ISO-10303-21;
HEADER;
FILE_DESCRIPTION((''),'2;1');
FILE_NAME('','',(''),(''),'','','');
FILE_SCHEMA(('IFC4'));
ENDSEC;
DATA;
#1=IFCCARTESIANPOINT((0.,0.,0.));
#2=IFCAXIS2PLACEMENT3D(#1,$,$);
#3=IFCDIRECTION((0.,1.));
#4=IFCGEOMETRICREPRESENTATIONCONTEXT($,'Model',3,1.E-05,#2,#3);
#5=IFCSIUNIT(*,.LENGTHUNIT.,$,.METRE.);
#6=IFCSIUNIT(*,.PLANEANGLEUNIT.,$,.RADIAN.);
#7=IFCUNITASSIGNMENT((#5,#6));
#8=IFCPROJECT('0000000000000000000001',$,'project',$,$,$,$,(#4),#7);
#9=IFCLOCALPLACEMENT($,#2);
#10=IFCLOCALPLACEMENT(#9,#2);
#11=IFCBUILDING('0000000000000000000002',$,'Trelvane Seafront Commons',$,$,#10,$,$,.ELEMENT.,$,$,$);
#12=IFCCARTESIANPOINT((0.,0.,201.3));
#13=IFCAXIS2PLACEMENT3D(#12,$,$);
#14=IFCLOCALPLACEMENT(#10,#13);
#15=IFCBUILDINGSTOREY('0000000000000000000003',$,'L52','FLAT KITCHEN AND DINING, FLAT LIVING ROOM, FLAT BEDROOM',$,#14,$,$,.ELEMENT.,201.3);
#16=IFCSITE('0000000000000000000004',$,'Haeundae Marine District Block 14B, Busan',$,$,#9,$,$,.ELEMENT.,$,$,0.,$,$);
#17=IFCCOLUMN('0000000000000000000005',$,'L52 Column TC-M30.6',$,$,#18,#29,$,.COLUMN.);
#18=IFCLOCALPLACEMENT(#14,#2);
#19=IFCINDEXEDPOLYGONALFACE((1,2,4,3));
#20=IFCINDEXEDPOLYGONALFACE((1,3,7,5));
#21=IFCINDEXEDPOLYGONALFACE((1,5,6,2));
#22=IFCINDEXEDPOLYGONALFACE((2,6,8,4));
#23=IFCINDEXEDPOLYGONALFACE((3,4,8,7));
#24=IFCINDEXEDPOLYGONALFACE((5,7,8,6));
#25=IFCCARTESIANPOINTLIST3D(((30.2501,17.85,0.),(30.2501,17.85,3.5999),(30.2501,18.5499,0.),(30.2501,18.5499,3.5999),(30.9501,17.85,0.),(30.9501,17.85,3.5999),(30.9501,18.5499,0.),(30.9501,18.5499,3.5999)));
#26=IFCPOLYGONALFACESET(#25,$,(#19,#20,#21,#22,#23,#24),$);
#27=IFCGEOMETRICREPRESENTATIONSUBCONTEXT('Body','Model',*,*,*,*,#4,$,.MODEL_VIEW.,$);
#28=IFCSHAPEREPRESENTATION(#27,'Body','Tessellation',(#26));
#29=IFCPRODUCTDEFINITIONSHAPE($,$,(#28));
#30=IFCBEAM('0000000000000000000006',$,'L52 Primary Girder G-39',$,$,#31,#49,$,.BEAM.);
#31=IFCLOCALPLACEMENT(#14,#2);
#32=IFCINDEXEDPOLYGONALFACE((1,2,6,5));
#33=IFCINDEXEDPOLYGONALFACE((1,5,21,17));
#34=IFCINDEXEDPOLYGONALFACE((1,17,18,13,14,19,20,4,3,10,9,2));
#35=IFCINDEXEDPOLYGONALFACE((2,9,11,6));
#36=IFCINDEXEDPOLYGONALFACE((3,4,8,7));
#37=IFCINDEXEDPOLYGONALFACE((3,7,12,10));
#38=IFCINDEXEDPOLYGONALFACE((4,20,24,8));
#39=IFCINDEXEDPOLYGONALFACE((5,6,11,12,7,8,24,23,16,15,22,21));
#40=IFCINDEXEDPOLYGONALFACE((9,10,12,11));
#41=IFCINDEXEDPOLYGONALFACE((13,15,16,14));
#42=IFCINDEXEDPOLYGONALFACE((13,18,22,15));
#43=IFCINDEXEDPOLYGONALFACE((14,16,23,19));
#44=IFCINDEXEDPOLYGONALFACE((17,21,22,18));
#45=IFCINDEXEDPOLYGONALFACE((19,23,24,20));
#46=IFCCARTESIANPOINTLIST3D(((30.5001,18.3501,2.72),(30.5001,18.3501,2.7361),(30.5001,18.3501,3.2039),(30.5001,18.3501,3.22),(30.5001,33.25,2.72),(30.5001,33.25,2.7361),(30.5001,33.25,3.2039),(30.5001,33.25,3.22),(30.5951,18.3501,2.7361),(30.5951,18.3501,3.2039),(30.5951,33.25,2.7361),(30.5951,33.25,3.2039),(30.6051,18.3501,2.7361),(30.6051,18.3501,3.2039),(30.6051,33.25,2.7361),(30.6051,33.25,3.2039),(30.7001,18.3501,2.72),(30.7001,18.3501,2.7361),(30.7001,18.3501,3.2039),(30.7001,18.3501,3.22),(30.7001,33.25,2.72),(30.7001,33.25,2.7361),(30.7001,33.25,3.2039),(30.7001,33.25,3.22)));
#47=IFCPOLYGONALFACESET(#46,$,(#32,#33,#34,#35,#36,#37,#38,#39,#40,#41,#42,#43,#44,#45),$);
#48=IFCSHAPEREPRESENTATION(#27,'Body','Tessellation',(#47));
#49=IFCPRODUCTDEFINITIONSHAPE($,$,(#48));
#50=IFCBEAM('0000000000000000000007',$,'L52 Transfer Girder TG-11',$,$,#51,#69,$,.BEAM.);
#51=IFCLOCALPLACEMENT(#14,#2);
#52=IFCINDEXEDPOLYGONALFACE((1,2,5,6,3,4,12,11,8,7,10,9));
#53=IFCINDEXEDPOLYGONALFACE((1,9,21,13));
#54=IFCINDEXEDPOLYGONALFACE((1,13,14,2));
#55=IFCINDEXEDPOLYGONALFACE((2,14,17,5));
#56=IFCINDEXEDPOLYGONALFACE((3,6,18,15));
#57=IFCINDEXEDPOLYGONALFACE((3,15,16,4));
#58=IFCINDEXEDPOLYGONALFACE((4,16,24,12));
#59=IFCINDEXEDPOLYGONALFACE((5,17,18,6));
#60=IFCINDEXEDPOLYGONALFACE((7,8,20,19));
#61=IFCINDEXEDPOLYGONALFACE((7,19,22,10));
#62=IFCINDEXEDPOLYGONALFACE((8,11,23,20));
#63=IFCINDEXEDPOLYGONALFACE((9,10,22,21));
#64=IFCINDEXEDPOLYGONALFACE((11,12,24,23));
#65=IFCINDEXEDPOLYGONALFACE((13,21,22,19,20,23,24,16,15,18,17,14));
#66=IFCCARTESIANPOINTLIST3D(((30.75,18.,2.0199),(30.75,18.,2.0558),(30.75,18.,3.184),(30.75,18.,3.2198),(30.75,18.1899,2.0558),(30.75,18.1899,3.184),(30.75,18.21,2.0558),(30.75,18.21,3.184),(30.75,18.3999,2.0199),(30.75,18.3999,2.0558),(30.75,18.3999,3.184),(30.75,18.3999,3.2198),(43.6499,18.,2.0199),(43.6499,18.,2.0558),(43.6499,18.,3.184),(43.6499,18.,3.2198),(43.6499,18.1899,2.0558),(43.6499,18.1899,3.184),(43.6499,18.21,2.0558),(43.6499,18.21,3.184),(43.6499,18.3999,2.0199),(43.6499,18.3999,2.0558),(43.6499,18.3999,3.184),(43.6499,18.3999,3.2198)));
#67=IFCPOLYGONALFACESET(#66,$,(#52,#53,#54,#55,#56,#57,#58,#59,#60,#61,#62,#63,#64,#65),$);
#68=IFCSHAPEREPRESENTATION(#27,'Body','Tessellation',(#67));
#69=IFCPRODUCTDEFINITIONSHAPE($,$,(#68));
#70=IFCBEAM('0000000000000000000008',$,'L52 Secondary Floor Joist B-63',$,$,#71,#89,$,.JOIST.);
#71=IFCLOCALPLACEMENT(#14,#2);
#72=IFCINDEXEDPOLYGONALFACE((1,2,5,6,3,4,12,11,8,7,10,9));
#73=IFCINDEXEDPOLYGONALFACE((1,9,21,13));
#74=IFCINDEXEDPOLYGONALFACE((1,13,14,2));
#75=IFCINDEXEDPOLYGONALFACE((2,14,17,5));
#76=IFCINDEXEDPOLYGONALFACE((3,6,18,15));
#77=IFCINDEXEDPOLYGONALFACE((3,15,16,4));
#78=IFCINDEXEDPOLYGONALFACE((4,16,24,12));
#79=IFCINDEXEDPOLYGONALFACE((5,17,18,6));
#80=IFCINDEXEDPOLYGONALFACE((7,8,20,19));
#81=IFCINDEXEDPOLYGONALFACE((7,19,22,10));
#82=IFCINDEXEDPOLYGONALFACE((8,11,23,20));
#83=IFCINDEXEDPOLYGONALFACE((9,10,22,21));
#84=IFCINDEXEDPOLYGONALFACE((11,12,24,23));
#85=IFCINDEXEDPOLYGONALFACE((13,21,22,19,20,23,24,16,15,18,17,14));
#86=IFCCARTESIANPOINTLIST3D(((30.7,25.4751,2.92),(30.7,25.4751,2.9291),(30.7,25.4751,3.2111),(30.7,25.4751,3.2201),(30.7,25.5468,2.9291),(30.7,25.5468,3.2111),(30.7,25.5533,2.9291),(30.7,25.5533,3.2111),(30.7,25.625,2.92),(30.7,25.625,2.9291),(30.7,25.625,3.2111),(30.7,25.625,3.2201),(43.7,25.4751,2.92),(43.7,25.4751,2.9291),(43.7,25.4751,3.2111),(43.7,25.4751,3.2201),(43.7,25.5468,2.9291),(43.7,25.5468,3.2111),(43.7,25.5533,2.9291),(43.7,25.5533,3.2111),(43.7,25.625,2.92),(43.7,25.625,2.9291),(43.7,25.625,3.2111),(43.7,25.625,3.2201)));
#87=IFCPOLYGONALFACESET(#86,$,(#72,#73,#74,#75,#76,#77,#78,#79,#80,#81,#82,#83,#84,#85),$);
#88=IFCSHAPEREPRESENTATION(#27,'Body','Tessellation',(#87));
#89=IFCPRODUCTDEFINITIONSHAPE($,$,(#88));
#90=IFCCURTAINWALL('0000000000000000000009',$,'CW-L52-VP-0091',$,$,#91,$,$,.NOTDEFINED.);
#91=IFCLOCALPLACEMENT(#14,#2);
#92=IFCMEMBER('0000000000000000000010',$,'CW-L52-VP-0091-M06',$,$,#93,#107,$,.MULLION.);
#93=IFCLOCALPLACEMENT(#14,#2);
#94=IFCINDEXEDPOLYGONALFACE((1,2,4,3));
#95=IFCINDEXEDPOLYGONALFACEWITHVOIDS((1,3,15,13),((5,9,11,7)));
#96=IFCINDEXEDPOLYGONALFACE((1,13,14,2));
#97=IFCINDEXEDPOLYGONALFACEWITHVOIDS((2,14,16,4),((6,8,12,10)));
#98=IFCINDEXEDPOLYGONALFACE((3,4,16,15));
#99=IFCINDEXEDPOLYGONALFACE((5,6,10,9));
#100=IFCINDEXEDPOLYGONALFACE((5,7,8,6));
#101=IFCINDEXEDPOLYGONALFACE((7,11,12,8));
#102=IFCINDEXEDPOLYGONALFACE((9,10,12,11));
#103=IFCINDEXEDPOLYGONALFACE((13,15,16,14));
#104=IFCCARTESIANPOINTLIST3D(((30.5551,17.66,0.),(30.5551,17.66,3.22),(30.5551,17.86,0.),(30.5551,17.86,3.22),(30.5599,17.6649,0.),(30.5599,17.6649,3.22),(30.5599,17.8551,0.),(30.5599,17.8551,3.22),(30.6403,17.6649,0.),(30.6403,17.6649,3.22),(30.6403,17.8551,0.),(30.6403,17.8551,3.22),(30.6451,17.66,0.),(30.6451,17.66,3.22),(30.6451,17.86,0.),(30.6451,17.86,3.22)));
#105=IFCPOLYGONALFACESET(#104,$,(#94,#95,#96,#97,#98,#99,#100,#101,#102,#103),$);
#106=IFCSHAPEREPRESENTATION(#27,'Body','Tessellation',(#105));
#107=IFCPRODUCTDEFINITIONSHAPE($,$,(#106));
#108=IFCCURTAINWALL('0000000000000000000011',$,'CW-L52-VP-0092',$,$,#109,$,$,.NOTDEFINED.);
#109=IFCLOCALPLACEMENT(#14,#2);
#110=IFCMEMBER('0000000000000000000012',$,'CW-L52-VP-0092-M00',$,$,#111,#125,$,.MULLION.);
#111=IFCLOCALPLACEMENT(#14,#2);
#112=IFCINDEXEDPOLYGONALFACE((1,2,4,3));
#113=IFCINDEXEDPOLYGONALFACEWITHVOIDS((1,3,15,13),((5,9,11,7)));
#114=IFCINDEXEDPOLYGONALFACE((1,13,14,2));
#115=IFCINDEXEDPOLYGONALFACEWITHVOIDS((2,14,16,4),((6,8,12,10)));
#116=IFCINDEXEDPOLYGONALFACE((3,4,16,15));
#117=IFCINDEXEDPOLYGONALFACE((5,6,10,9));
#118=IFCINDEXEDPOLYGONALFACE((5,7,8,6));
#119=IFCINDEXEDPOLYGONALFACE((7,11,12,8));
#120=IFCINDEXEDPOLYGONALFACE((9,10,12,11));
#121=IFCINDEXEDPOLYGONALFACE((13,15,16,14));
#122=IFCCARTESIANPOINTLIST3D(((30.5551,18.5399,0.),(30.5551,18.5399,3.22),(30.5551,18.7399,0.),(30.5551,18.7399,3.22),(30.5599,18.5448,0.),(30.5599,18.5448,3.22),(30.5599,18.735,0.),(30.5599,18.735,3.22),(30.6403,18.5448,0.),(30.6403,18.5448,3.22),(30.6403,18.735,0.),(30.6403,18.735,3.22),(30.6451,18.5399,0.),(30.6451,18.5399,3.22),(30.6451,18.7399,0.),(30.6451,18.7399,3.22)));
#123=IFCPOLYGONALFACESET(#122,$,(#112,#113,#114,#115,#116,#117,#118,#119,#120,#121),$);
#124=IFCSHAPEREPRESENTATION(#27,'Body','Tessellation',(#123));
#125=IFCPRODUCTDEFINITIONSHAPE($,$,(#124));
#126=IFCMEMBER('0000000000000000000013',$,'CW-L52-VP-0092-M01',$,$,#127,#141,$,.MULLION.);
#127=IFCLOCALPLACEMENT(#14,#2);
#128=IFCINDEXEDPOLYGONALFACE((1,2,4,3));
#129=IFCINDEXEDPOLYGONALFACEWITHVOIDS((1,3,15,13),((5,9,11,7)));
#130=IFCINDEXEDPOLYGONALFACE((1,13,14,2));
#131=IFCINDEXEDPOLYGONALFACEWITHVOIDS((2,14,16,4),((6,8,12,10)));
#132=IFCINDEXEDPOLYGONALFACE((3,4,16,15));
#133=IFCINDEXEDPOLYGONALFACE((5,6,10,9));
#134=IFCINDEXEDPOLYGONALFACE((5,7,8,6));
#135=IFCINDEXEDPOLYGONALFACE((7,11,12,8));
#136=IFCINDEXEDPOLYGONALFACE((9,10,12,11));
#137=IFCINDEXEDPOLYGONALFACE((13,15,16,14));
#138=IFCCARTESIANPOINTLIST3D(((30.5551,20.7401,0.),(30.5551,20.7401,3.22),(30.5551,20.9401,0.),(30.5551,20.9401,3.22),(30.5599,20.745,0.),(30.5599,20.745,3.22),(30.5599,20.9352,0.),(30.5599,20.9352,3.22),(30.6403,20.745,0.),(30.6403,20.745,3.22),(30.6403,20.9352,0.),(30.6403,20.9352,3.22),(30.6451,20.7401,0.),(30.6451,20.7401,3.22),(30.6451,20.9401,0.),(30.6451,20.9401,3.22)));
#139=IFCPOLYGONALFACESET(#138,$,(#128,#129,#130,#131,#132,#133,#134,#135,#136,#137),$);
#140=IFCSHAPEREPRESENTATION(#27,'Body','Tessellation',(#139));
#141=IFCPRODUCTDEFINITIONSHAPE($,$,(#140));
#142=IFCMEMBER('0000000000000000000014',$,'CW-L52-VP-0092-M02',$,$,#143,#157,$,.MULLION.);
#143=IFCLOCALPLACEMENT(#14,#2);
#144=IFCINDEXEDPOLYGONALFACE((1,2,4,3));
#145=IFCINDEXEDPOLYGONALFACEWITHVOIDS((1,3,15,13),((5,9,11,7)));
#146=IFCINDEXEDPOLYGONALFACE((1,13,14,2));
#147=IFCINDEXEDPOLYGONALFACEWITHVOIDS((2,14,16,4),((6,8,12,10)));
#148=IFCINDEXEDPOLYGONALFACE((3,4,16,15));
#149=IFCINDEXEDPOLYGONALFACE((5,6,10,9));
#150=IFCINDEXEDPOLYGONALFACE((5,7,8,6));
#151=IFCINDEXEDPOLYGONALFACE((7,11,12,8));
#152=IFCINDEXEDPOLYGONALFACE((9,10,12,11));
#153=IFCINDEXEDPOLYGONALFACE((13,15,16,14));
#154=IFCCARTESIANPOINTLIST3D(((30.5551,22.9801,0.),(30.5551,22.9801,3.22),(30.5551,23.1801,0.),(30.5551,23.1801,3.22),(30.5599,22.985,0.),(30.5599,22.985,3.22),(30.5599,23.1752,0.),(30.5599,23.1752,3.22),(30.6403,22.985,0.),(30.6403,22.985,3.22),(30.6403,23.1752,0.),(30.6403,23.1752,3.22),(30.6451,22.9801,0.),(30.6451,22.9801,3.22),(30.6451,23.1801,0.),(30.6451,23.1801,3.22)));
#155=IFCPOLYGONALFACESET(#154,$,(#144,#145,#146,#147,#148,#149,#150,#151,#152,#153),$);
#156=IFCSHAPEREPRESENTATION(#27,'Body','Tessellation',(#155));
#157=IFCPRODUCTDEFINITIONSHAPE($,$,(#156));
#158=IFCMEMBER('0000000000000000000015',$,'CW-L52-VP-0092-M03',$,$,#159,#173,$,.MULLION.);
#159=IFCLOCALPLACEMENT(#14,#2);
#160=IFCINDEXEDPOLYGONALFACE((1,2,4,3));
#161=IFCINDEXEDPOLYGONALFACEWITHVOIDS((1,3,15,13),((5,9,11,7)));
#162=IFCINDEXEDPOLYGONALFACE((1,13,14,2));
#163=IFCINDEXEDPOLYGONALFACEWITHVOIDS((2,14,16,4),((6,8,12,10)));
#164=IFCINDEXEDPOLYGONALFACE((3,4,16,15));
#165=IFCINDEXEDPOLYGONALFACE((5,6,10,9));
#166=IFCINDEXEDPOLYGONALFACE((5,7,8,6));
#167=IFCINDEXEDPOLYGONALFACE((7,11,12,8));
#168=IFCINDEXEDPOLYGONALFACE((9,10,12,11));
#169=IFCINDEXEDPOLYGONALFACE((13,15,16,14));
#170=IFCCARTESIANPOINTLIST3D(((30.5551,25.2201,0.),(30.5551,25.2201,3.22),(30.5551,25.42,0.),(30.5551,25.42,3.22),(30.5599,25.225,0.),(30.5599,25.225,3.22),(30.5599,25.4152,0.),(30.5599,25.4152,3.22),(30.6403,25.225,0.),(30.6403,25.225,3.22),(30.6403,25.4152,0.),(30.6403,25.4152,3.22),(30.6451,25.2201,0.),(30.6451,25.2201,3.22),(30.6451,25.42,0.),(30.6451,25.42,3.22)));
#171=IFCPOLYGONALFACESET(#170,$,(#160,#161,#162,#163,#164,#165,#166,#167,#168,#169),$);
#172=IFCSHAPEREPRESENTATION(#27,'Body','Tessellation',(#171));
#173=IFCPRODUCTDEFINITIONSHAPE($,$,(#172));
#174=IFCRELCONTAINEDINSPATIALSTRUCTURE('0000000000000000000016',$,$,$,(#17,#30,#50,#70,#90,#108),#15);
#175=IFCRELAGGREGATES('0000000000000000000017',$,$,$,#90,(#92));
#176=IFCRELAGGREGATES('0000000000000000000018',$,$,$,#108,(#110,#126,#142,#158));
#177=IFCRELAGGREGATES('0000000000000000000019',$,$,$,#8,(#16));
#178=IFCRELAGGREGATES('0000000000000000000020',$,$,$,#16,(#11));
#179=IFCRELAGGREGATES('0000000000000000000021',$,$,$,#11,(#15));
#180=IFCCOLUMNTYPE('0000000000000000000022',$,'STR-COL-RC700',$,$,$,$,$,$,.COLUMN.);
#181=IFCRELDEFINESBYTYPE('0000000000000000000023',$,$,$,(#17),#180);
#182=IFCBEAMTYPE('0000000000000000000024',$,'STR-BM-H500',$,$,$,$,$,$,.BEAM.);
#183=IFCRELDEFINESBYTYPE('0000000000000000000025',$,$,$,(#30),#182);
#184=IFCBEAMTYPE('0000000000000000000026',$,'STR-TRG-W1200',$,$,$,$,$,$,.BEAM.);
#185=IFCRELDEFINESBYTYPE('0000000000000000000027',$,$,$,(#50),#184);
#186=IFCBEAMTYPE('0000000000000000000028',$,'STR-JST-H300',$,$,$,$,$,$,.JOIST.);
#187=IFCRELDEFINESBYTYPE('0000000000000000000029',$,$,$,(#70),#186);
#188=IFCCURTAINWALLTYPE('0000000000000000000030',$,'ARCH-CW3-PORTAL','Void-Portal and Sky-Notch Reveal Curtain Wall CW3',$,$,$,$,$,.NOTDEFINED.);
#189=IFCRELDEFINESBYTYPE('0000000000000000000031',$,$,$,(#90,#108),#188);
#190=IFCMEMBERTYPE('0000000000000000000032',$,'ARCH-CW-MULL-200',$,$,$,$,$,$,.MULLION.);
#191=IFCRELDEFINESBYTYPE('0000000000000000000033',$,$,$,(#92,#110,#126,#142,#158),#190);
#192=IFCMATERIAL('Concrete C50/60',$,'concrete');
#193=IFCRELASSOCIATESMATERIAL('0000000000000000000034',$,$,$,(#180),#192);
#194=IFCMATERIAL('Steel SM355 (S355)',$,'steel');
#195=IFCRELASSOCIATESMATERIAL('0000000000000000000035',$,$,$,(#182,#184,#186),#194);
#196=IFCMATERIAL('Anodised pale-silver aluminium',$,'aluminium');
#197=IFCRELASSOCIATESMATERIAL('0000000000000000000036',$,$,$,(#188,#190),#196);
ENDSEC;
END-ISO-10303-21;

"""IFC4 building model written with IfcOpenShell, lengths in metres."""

from ifc_helpers import new_model, si_unit, direction, frame, origin, origin_2d, place, context, subcontext, project, spatial, rectangle, hollow_rectangle, i_section, extrude, source, transform, mapped, material, material_profile, profile_set, type_object, element, aggregate, save


model = new_model("IFC4")

# Units and contexts
model_context = context("Model", 3, precision=1e-05, world=origin(), true_north=direction((0.0, 1.0)))
body_context = subcontext(model_context, "Body", "Model", "MODEL_VIEW")
ifc_project = project(units=[si_unit("LENGTHUNIT", "METRE"), si_unit("PLANEANGLEUNIT", "RADIAN")], contexts=[model_context])

# Site, building, storey
site_placement = place(None, origin())
site = spatial("IfcSite", under=ifc_project, at=site_placement, Name="Haeundae Marine District Block 14B, Busan", CompositionType="ELEMENT", RefElevation=0.0)
building_placement = place(site_placement, origin())
building = spatial("IfcBuilding", under=site, at=building_placement, Name="Trelvane Seafront Commons", CompositionType="ELEMENT")
storey_placement = place(building_placement, frame((0.0, 0.0, 201.3)))
storey = spatial("IfcBuildingStorey", under=building, at=storey_placement, Name="L52", Description="FLAT KITCHEN AND DINING, FLAT LIVING ROOM, FLAT BEDROOM", CompositionType="ELEMENT", Elevation=201.3)

# Column
ifc_material_1 = material(Name="Concrete C50/60", Category="concrete")
ifc_material_profile_1 = material_profile(ifc_material_1, rectangle(XDim=0.7, YDim=0.7, at=origin_2d()), Name="RC-700x700")
ifc_profile_set_1 = profile_set([ifc_material_profile_1], Name="Concrete C50/60")
column_type = type_object("IfcColumnType", Name="STR-COL-RC700", PredefinedType="COLUMN", material=ifc_profile_set_1)
shared_shape_1 = source(origin(), body_context, "Body", "SweptSolid", [
    extrude(rectangle(XDim=0.7, YDim=0.7, at=origin_2d()), origin(), (0.0, 0.0, 1.0), 3.5999),
])
column_placement = place(storey_placement, frame((30.6001, 18.2, 0.0), z_axis=(0.0, 0.0, 1.0), x_axis=(1.0, 0.0, 0.0)))
element("IfcColumn", 1, at=column_placement, inside=storey, type_object=column_type, Name="L52 Column TC-M30.6", PredefinedType="COLUMN", context=body_context, shape_type="MappedRepresentation", body=[
    mapped(shared_shape_1, transform((0.0, 0.0, 0.0), x_axis=(1.0, 0.0, 0.0), y_axis=(0.0, 1.0, 0.0), z_axis=(0.0, 0.0, 1.0), scale=1.0)),
])

# Beams
ifc_material_2 = material(Name="Steel SM355 (S355)", Category="steel")
ifc_material_profile_2 = material_profile(ifc_material_2, i_section(OverallWidth=0.2, OverallDepth=0.5, WebThickness=0.01, FlangeThickness=0.0161, at=origin_2d()), Name="H-500x200x10x16")
ifc_profile_set_2 = profile_set([ifc_material_profile_2], Name="Steel SM355 (S355)")
beam_type_1 = type_object("IfcBeamType", Name="STR-BM-H500", PredefinedType="BEAM", material=ifc_profile_set_2)
shared_shape_2 = source(origin(), body_context, "Body", "SweptSolid", [
    extrude(i_section(OverallWidth=0.2, OverallDepth=0.5, WebThickness=0.01, FlangeThickness=0.0161, at=origin_2d()), origin(), (0.0, 0.0, 1.0), 14.8999),
])
beam_1_placement = place(storey_placement, frame((30.6001, 18.3501, 2.97), z_axis=(0.0, 1.0, 0.0), x_axis=(-1.0, 0.0, 0.0)))
element("IfcBeam", 2, at=beam_1_placement, inside=storey, type_object=beam_type_1, Name="L52 Primary Girder G-39", PredefinedType="BEAM", context=body_context, shape_type="MappedRepresentation", body=[
    mapped(shared_shape_2, transform((0.0, 0.0, 0.0), x_axis=(1.0, 0.0, 0.0), y_axis=(0.0, 1.0, 0.0), z_axis=(0.0, 0.0, 1.0), scale=1.0)),
])
ifc_material_profile_3 = material_profile(ifc_material_2, i_section(OverallWidth=0.3999, OverallDepth=1.2, WebThickness=0.02, FlangeThickness=0.0359, at=origin_2d()), Name="W-1200x400x20x36")
ifc_profile_set_3 = profile_set([ifc_material_profile_3], Name="Steel SM355 (S355)")
beam_type_2 = type_object("IfcBeamType", Name="STR-TRG-W1200", PredefinedType="BEAM", material=ifc_profile_set_3)
shared_shape_3 = source(origin(), body_context, "Body", "SweptSolid", [
    extrude(i_section(OverallWidth=0.3999, OverallDepth=1.2, WebThickness=0.02, FlangeThickness=0.0359, at=origin_2d()), origin(), (0.0, 0.0, 1.0), 12.8999),
])
beam_2_placement = place(storey_placement, frame((30.75, 18.2, 2.6199), z_axis=(1.0, 0.0, 0.0), x_axis=(0.0, 1.0, 0.0)))
element("IfcBeam", 3, at=beam_2_placement, inside=storey, type_object=beam_type_2, Name="L52 Transfer Girder TG-11", PredefinedType="BEAM", context=body_context, shape_type="MappedRepresentation", body=[
    mapped(shared_shape_3, transform((0.0, 0.0, 0.0), x_axis=(1.0, 0.0, 0.0), y_axis=(0.0, 1.0, 0.0), z_axis=(0.0, 0.0, 1.0), scale=1.0)),
])
ifc_material_profile_4 = material_profile(ifc_material_2, i_section(OverallWidth=0.1499, OverallDepth=0.3, WebThickness=0.0066, FlangeThickness=0.009, at=origin_2d()), Name="H-300x150x6.5x9")
ifc_profile_set_4 = profile_set([ifc_material_profile_4], Name="Steel SM355 (S355)")
beam_type_3 = type_object("IfcBeamType", Name="STR-JST-H300", PredefinedType="JOIST", material=ifc_profile_set_4)
shared_shape_4 = source(origin(), body_context, "Body", "SweptSolid", [
    extrude(i_section(OverallWidth=0.1499, OverallDepth=0.3, WebThickness=0.0066, FlangeThickness=0.009, at=origin_2d()), origin(), (0.0, 0.0, 1.0), 13.0),
])
beam_3_placement = place(storey_placement, frame((30.7, 25.55, 3.0701), z_axis=(1.0, 0.0, 0.0), x_axis=(0.0, 1.0, 0.0)))
element("IfcBeam", 4, at=beam_3_placement, inside=storey, type_object=beam_type_3, Name="L52 Secondary Floor Joist B-63", PredefinedType="JOIST", context=body_context, shape_type="MappedRepresentation", body=[
    mapped(shared_shape_4, transform((0.0, 0.0, 0.0), x_axis=(1.0, 0.0, 0.0), y_axis=(0.0, 1.0, 0.0), z_axis=(0.0, 0.0, 1.0), scale=1.0)),
])

# Curtain wall, member
ifc_material_3 = material(Name="Anodised pale-silver aluminium", Category="aluminium")
curtain_wall_type = type_object("IfcCurtainWallType", Name="ARCH-CW3-PORTAL", Description="Void-Portal and Sky-Notch Reveal Curtain Wall CW3", PredefinedType="NOTDEFINED", material=ifc_material_3)
curtain_wall_1_placement = place(storey_placement, origin())
curtain_wall_1 = element("IfcCurtainWall", 5, at=curtain_wall_1_placement, inside=storey, type_object=curtain_wall_type, Name="CW-L52-VP-0091", PredefinedType="NOTDEFINED")
ifc_material_profile_5 = material_profile(ifc_material_3, hollow_rectangle(XDim=0.0901, YDim=0.2, WallThickness=0.0049, at=origin_2d()), Name="MULL-90x200x5")
ifc_profile_set_5 = profile_set([ifc_material_profile_5], Name="Anodised pale-silver aluminium")
member_type_1 = type_object("IfcMemberType", Name="ARCH-CW-MULL-200", PredefinedType="MULLION", material=ifc_profile_set_5)
shared_shape_5 = source(origin(), body_context, "Body", "SweptSolid", [
    extrude(hollow_rectangle(XDim=0.0901, YDim=0.2, WallThickness=0.0049, at=origin_2d()), origin(), (0.0, 0.0, 1.0), 3.22),
])
member_1_placement = place(storey_placement, frame((30.6001, 17.76, 0.0), z_axis=(0.0, 0.0, 1.0), x_axis=(1.0, 0.0, 0.0)))
member_1 = element("IfcMember", 6, at=member_1_placement, type_object=member_type_1, Name="CW-L52-VP-0091-M06", PredefinedType="MULLION", context=body_context, shape_type="MappedRepresentation", body=[
    mapped(shared_shape_5, transform((0.0, 0.0, 0.0), x_axis=(1.0, 0.0, 0.0), y_axis=(0.0, 1.0, 0.0), z_axis=(0.0, 0.0, 1.0), scale=1.0)),
])

# Curtain wall, members
curtain_wall_2_placement = place(storey_placement, origin())
curtain_wall_2 = element("IfcCurtainWall", 7, at=curtain_wall_2_placement, inside=storey, type_object=curtain_wall_type, Name="CW-L52-VP-0092", PredefinedType="NOTDEFINED")
member_2_placement = place(storey_placement, frame((30.6001, 18.6399, 0.0), z_axis=(0.0, 0.0, 1.0), x_axis=(1.0, 0.0, 0.0)))
member_2 = element("IfcMember", 8, at=member_2_placement, type_object=member_type_1, Name="CW-L52-VP-0092-M00", PredefinedType="MULLION", context=body_context, shape_type="MappedRepresentation", body=[
    mapped(shared_shape_5, transform((0.0, 0.0, 0.0), x_axis=(1.0, 0.0, 0.0), y_axis=(0.0, 1.0, 0.0), z_axis=(0.0, 0.0, 1.0), scale=1.0)),
])
member_3_placement = place(storey_placement, frame((30.6001, 20.8401, 0.0), z_axis=(0.0, 0.0, 1.0), x_axis=(1.0, 0.0, 0.0)))
member_3 = element("IfcMember", 9, at=member_3_placement, type_object=member_type_1, Name="CW-L52-VP-0092-M01", PredefinedType="MULLION", context=body_context, shape_type="MappedRepresentation", body=[
    mapped(shared_shape_5, transform((0.0, 0.0, 0.0), x_axis=(1.0, 0.0, 0.0), y_axis=(0.0, 1.0, 0.0), z_axis=(0.0, 0.0, 1.0), scale=1.0)),
])
member_4_placement = place(storey_placement, frame((30.6001, 23.0801, 0.0), z_axis=(0.0, 0.0, 1.0), x_axis=(1.0, 0.0, 0.0)))
member_4 = element("IfcMember", 10, at=member_4_placement, type_object=member_type_1, Name="CW-L52-VP-0092-M02", PredefinedType="MULLION", context=body_context, shape_type="MappedRepresentation", body=[
    mapped(shared_shape_5, transform((0.0, 0.0, 0.0), x_axis=(1.0, 0.0, 0.0), y_axis=(0.0, 1.0, 0.0), z_axis=(0.0, 0.0, 1.0), scale=1.0)),
])
member_5_placement = place(storey_placement, frame((30.6001, 25.3201, 0.0), z_axis=(0.0, 0.0, 1.0), x_axis=(1.0, 0.0, 0.0)))
member_5 = element("IfcMember", 11, at=member_5_placement, type_object=member_type_1, Name="CW-L52-VP-0092-M03", PredefinedType="MULLION", context=body_context, shape_type="MappedRepresentation", body=[
    mapped(shared_shape_5, transform((0.0, 0.0, 0.0), x_axis=(1.0, 0.0, 0.0), y_axis=(0.0, 1.0, 0.0), z_axis=(0.0, 0.0, 1.0), scale=1.0)),
])

aggregate(curtain_wall_1, [member_1])
aggregate(curtain_wall_2, [member_2, member_3, member_4, member_5])

save(model, "model.ifc")
